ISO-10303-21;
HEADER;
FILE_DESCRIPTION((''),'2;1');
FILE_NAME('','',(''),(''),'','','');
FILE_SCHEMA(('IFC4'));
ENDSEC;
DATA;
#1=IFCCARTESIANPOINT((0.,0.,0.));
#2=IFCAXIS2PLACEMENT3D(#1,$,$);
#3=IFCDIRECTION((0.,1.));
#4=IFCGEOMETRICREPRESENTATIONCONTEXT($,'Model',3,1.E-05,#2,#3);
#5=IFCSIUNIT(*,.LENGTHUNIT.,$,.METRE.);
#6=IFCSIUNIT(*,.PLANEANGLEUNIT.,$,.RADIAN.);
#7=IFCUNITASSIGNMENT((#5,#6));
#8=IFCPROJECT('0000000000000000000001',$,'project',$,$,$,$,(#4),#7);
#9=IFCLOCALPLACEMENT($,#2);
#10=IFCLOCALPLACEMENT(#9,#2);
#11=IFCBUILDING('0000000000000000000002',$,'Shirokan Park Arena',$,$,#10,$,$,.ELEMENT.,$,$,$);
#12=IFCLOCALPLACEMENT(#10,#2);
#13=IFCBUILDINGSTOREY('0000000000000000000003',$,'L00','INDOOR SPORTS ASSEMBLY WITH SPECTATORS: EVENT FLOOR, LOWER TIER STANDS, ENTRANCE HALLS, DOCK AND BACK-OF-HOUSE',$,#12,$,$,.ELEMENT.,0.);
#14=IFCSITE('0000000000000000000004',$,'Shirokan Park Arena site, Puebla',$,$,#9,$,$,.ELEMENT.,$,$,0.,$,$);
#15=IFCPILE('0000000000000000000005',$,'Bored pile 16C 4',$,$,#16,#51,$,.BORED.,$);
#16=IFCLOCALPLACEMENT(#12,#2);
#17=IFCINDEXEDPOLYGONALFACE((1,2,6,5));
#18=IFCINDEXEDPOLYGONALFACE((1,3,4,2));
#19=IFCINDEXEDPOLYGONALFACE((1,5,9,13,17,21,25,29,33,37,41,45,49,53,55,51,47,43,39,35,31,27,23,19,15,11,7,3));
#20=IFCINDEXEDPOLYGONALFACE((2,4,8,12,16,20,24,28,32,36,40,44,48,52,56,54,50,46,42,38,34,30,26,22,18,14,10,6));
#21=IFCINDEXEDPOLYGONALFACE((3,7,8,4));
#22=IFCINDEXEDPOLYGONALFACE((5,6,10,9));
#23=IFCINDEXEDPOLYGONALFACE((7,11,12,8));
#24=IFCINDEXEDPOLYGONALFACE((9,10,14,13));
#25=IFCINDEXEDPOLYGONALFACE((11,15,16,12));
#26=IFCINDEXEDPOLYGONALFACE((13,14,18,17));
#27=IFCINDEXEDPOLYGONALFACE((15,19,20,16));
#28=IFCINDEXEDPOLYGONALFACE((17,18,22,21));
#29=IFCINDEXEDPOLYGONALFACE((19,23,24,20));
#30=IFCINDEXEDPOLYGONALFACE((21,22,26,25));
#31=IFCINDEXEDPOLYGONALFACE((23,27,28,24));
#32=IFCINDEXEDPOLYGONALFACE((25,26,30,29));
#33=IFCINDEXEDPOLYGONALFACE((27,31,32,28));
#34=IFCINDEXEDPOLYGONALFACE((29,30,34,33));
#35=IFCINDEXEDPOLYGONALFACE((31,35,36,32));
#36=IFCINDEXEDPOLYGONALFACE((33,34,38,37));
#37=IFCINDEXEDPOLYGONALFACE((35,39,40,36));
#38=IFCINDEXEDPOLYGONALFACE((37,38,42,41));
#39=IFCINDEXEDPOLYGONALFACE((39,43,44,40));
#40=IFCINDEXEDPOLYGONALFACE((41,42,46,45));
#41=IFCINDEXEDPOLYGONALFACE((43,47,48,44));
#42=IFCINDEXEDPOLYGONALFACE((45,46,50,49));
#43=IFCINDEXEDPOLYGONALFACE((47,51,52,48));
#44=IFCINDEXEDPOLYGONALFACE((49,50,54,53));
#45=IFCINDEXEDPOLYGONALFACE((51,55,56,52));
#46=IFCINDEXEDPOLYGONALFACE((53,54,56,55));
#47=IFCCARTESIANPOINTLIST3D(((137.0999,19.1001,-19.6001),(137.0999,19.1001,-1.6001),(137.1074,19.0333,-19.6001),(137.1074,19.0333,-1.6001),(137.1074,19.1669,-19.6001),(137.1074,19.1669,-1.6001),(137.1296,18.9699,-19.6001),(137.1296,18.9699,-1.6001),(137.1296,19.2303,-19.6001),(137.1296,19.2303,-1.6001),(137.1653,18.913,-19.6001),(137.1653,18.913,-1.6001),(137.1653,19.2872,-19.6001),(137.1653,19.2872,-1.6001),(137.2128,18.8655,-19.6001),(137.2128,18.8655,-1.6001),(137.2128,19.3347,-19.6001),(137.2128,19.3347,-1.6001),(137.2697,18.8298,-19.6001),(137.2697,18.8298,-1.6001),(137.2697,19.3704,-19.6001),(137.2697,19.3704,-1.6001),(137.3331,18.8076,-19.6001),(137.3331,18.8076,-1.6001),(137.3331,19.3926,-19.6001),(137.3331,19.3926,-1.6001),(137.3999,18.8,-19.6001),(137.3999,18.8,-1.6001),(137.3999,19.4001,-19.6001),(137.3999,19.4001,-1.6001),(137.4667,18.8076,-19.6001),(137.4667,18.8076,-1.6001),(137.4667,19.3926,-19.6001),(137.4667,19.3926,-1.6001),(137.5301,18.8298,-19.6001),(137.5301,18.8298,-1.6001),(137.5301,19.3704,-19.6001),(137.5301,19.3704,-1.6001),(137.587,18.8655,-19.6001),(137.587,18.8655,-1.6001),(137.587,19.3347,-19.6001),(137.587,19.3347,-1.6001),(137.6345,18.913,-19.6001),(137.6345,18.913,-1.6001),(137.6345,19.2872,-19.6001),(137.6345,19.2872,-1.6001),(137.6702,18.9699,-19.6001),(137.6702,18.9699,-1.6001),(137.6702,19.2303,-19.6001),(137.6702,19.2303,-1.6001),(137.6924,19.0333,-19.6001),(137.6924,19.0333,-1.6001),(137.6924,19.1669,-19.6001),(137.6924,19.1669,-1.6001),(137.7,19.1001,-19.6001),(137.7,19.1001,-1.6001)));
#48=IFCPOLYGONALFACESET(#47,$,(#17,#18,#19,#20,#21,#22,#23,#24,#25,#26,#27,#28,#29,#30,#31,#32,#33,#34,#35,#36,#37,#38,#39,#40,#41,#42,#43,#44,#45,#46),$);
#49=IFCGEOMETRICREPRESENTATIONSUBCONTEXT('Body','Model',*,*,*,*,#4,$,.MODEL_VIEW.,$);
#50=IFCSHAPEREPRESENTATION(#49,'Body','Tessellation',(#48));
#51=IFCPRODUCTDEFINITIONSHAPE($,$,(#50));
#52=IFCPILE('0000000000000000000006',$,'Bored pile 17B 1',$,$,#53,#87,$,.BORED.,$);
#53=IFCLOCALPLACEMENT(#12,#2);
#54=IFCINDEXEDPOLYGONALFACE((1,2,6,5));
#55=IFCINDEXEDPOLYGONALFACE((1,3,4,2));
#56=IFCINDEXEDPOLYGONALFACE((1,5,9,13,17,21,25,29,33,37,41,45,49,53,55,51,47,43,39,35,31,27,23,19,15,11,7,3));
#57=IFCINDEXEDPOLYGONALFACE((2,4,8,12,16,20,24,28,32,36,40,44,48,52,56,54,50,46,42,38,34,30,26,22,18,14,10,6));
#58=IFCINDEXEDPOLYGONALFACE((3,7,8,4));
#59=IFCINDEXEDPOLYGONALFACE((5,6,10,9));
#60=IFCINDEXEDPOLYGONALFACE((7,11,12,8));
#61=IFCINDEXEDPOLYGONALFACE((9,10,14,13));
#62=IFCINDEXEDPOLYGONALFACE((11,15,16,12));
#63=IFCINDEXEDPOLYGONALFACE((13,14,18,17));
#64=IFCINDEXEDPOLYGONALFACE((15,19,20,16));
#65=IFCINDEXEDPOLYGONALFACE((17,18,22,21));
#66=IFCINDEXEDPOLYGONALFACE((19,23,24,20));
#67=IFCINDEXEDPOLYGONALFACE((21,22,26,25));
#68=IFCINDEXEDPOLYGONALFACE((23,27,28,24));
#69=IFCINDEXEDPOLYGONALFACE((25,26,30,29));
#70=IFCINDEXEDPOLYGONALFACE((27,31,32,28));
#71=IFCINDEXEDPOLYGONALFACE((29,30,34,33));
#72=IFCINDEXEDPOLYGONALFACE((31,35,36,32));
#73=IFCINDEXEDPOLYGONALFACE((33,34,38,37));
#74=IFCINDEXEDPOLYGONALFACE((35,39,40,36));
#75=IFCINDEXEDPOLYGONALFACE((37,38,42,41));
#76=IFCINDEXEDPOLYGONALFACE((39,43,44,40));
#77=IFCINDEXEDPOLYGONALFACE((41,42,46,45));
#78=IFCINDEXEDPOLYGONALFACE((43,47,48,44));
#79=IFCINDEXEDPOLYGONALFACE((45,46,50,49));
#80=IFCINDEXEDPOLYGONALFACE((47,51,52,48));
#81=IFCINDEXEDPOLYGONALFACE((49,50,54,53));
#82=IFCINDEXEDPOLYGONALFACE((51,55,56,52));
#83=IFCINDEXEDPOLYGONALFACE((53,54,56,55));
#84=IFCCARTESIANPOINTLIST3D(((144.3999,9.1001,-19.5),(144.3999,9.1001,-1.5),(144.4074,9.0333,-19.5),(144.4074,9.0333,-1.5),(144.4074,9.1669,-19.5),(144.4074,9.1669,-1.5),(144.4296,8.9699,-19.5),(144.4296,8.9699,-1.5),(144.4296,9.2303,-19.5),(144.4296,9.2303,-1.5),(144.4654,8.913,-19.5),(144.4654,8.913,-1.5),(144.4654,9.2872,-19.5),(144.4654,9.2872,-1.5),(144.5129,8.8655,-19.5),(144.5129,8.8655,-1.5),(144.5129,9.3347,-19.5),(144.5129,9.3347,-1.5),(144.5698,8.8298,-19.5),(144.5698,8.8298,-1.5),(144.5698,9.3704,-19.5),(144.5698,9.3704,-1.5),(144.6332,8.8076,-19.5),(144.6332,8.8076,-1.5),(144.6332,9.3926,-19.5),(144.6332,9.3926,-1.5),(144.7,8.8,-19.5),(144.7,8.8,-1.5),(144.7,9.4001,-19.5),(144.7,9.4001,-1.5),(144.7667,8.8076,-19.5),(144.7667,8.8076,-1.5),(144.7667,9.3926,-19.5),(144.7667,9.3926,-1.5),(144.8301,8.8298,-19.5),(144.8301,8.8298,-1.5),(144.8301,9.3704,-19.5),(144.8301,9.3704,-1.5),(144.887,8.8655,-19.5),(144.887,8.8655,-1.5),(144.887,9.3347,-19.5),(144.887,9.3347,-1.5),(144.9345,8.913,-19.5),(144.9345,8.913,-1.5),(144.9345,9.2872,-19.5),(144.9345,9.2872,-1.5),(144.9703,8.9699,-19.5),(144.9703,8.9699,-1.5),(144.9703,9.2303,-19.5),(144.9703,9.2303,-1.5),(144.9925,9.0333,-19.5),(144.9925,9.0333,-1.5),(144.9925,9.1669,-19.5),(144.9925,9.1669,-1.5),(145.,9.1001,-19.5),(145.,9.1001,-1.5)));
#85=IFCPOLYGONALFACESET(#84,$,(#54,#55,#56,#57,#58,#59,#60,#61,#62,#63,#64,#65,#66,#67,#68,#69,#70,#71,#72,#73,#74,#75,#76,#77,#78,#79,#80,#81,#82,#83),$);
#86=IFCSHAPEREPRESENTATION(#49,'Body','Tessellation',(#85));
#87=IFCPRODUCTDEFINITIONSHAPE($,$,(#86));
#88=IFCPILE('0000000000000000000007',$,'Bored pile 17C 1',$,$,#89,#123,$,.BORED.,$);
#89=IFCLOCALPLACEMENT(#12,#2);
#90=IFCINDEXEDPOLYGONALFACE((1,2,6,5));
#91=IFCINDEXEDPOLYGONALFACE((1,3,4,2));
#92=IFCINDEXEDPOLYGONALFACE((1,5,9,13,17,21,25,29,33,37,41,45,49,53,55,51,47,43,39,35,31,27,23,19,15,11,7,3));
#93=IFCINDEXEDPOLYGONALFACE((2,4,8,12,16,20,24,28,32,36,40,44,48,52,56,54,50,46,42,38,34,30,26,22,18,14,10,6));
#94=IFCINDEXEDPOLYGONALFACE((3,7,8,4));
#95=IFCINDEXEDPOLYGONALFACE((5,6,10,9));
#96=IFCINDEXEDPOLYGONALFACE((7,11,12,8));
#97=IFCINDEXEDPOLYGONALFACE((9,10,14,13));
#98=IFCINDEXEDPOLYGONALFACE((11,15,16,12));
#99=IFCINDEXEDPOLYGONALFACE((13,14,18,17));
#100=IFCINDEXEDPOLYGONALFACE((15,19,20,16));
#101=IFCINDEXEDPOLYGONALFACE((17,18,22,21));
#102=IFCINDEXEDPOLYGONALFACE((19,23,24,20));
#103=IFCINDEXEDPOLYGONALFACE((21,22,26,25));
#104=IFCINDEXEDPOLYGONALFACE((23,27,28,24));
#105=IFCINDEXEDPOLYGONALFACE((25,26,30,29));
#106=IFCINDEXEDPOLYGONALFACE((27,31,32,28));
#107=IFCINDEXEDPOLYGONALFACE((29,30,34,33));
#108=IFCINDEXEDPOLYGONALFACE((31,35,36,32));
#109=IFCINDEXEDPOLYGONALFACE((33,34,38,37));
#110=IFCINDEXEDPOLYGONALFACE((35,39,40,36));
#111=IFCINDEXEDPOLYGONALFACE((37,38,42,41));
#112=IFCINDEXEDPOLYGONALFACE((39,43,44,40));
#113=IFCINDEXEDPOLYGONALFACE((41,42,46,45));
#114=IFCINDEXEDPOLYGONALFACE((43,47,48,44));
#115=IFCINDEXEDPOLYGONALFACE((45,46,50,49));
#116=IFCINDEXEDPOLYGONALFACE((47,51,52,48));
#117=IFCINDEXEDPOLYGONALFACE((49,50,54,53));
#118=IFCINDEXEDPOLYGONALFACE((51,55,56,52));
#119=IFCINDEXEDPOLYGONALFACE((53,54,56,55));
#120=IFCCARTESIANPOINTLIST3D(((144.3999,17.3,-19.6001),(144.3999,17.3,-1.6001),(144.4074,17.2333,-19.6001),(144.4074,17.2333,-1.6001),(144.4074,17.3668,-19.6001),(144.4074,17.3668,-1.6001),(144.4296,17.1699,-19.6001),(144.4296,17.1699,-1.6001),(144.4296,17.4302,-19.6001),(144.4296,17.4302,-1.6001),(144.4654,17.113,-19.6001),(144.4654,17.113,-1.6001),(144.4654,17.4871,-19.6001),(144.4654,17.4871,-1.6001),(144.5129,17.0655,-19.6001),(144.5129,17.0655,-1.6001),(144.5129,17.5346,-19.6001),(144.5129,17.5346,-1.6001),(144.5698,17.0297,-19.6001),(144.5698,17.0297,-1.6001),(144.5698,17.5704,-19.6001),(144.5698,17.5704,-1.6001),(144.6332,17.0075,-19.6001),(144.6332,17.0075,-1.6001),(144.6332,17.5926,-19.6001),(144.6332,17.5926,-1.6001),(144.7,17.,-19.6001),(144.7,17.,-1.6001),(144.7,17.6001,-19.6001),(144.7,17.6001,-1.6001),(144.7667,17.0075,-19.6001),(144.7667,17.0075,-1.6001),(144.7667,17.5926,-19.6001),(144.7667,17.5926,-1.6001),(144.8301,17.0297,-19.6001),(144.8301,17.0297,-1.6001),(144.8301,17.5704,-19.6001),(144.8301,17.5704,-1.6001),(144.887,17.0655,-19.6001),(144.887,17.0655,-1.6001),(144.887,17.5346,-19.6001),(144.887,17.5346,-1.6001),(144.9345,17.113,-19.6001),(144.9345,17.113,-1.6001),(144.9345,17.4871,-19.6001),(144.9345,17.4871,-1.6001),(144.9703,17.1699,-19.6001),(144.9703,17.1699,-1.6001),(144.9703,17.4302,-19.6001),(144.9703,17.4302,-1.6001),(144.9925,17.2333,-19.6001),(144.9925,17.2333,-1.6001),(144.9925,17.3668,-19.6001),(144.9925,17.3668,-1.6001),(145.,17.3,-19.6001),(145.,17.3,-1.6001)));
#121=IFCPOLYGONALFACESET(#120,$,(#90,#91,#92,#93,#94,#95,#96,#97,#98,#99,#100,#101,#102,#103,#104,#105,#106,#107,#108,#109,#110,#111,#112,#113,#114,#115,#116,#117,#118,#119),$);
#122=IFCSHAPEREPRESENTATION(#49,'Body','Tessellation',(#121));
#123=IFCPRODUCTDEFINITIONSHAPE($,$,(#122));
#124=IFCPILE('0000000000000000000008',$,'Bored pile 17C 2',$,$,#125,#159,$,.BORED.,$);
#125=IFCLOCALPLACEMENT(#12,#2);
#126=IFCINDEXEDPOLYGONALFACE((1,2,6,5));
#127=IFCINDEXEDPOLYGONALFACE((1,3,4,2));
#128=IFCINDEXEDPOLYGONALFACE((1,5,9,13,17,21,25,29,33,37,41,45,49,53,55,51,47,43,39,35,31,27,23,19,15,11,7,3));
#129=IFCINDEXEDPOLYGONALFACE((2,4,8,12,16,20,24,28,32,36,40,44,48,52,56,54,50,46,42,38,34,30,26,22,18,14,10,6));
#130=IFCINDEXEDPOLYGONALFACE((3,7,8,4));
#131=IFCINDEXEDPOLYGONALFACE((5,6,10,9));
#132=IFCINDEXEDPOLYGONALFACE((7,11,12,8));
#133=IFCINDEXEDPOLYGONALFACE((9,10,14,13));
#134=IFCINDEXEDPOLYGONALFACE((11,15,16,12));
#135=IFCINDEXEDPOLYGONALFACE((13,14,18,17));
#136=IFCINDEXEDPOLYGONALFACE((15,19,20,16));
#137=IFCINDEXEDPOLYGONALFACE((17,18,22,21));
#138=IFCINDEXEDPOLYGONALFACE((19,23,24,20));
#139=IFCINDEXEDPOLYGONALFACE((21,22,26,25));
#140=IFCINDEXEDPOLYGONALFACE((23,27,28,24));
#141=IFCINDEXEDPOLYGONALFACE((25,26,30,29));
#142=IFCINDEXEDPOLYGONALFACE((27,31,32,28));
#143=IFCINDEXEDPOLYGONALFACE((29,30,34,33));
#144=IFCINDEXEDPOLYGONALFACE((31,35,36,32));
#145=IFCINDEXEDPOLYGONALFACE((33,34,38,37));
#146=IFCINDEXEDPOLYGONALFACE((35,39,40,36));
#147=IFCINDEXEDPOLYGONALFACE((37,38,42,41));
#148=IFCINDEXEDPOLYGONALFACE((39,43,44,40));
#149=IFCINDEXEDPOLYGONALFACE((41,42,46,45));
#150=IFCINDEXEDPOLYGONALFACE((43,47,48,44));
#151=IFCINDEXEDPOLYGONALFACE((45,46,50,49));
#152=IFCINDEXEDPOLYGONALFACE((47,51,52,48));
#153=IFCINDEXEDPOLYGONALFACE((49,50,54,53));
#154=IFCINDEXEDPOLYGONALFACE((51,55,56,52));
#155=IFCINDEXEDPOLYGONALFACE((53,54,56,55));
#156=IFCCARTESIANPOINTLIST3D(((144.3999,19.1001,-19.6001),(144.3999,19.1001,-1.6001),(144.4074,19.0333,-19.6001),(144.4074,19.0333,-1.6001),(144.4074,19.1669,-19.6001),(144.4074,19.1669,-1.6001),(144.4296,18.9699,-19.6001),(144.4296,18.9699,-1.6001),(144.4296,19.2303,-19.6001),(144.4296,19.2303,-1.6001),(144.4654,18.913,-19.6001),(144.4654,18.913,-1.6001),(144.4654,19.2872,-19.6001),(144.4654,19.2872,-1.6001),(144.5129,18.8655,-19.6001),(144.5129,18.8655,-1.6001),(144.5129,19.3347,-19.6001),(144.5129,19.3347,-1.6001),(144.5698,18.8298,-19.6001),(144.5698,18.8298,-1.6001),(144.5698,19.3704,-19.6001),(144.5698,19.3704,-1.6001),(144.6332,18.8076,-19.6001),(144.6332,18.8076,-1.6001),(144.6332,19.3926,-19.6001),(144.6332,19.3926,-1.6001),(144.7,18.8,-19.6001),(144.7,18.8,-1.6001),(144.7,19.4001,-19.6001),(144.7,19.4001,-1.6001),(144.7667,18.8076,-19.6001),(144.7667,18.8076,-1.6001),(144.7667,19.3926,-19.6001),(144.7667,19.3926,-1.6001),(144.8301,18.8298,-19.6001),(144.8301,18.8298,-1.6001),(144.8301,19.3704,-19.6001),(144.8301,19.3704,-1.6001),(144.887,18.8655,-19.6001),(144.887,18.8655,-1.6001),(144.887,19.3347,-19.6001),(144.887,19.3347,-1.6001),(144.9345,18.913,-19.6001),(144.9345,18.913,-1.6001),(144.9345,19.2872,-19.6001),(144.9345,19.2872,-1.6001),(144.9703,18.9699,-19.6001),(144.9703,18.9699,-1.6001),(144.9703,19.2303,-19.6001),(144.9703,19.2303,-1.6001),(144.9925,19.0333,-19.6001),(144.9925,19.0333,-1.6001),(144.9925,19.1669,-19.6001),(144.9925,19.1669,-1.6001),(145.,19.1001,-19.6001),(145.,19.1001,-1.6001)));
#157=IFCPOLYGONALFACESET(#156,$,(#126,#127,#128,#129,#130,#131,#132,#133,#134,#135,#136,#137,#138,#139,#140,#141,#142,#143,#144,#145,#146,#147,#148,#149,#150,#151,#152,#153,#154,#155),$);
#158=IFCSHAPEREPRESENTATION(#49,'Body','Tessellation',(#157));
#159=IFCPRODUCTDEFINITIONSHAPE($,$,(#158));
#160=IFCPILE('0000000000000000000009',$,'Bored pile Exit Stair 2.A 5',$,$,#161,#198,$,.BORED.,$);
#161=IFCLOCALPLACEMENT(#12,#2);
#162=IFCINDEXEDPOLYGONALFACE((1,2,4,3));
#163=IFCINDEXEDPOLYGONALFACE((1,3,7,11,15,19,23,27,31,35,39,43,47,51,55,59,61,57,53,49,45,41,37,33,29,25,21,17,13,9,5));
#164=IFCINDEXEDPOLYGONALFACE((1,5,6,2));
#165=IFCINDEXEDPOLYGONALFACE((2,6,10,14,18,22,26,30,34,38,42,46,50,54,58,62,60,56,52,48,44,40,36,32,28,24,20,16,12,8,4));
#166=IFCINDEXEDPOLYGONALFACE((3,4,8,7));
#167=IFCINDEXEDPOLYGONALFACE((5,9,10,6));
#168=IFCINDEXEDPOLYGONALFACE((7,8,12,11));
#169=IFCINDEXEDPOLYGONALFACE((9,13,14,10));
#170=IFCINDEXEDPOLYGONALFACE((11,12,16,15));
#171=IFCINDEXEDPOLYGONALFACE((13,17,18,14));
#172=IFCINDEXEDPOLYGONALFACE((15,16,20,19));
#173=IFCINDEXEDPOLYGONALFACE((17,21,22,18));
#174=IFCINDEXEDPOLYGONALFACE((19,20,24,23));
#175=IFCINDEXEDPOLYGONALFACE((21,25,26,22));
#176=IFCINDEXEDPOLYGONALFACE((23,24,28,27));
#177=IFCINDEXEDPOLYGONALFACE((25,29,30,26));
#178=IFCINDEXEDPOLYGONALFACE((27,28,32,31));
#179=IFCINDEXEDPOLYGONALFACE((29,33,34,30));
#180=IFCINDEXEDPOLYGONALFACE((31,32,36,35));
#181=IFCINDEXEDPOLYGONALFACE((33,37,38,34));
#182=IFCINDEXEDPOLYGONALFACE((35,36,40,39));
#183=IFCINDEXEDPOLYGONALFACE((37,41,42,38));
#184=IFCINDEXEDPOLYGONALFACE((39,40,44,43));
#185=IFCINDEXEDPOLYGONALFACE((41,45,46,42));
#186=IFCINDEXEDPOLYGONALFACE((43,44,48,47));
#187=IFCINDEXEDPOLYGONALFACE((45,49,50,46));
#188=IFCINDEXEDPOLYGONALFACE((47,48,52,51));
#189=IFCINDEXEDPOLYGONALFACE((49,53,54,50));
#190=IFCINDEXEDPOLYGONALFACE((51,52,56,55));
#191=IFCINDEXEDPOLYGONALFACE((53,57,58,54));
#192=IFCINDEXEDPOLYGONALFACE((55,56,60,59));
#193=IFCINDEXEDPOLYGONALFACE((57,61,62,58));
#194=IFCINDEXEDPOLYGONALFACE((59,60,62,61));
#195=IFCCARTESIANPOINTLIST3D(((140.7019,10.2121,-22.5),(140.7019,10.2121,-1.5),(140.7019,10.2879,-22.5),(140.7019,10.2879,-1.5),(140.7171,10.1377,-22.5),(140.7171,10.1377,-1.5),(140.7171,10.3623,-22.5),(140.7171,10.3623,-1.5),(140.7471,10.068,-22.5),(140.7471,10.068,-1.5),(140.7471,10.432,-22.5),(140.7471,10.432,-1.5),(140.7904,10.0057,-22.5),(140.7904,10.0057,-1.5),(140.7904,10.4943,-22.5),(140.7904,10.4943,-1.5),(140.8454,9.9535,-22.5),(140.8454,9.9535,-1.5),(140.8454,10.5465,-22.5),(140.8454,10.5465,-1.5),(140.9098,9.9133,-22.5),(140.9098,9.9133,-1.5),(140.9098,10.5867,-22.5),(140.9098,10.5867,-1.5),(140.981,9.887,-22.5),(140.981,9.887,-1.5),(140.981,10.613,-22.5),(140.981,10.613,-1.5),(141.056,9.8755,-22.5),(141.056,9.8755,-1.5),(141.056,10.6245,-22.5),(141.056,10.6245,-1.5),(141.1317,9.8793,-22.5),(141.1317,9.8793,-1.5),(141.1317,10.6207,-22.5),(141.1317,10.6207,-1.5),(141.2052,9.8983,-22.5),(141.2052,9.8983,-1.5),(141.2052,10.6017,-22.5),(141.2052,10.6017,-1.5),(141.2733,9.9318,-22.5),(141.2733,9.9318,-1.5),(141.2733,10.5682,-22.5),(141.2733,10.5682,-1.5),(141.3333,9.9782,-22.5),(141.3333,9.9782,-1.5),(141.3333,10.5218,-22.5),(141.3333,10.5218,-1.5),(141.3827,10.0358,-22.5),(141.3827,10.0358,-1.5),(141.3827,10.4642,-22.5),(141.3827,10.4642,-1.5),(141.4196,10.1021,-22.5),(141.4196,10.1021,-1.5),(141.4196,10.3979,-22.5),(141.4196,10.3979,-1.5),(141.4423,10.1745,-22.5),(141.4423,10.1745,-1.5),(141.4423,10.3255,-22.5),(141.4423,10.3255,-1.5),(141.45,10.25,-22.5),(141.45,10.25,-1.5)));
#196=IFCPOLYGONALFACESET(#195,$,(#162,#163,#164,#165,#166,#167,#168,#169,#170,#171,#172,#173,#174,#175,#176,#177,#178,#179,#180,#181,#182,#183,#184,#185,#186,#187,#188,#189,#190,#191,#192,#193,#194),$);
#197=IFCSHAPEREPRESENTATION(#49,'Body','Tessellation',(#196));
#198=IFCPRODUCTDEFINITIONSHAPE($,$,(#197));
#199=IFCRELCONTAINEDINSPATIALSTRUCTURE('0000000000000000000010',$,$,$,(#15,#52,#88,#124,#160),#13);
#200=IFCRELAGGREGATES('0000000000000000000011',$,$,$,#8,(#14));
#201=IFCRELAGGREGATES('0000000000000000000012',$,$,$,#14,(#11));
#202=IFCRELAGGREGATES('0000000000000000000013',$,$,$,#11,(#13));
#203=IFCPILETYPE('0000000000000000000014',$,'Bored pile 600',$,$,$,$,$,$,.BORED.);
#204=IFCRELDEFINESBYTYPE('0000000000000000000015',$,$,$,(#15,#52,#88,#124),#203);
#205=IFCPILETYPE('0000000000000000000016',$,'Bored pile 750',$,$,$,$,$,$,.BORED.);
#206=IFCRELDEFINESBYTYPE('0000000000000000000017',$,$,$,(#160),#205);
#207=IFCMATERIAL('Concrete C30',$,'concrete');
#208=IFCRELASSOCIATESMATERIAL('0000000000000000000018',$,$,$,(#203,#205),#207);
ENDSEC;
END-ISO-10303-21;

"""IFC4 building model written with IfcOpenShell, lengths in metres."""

from ifc_helpers import new_model, si_unit, direction, frame, origin, origin_2d, place, context, subcontext, project, spatial, circle, extrude, material, material_profile, profile_set, type_object, element, save


model = new_model("IFC4")

# Units and contexts
model_context = context("Model", 3, precision=1e-05, world=origin(), true_north=direction((0.0, 1.0)))
body_context = subcontext(model_context, "Body", "Model", "MODEL_VIEW")
ifc_project = project(units=[si_unit("LENGTHUNIT", "METRE"), si_unit("PLANEANGLEUNIT", "RADIAN")], contexts=[model_context])

# Site, building, storey
site_placement = place(None, origin())
site = spatial("IfcSite", under=ifc_project, at=site_placement, Name="Shirokan Park Arena site, Puebla", CompositionType="ELEMENT", RefElevation=0.0)
building_placement = place(site_placement, origin())
building = spatial("IfcBuilding", under=site, at=building_placement, Name="Shirokan Park Arena", CompositionType="ELEMENT")
storey_placement = place(building_placement, origin())
storey = spatial("IfcBuildingStorey", under=building, at=storey_placement, Name="L00", Description="INDOOR SPORTS ASSEMBLY WITH SPECTATORS: EVENT FLOOR, LOWER TIER STANDS, ENTRANCE HALLS, DOCK AND BACK-OF-HOUSE", CompositionType="ELEMENT", Elevation=0.0)

# Piles
ifc_material_1 = material(Name="Concrete C30", Category="concrete")
ifc_material_profile_1 = material_profile(ifc_material_1, circle(Radius=0.3, at=origin_2d()), Name="D600")
ifc_profile_set_1 = profile_set([ifc_material_profile_1], Name="Concrete C30")
pile_type_1 = type_object("IfcPileType", Name="Bored pile 600", PredefinedType="BORED", material=ifc_profile_set_1)
for number, where, z_axis, x_axis, name in (
    (1, (137.3999, 19.1001, -1.6001), (0.0, 0.0, -1.0), (1.0, 0.0, 0.0), "Bored pile 16C 4"),
    (2, (144.7, 9.1001, -1.5), (0.0, 0.0, -1.0), (1.0, 0.0, 0.0), "Bored pile 17B 1"),
    (3, (144.7, 17.3, -1.6001), (0.0, 0.0, -1.0), (1.0, 0.0, 0.0), "Bored pile 17C 1"),
    (4, (144.7, 19.1001, -1.6001), (0.0, 0.0, -1.0), (1.0, 0.0, 0.0), "Bored pile 17C 2"),
):
    element("IfcPile", number, at=place(storey_placement, frame(where, z_axis=z_axis, x_axis=x_axis)), inside=storey, type_object=pile_type_1, Name=name, PredefinedType="BORED", context=body_context, shape_type="SweptSolid", body=[
        extrude(circle(Radius=0.3, at=origin_2d()), origin(), (0.0, 0.0, 1.0), 18.0),
    ])
ifc_material_profile_2 = material_profile(ifc_material_1, circle(Radius=0.375, at=origin_2d()), Name="D750")
ifc_profile_set_2 = profile_set([ifc_material_profile_2], Name="Concrete C30")
pile_type_2 = type_object("IfcPileType", Name="Bored pile 750", PredefinedType="BORED", material=ifc_profile_set_2)
for number, where, z_axis, x_axis, name in (
    (5, (141.075, 10.25, -1.5), (0.0, 0.0, -1.0), (1.0, 0.0, 0.0), "Bored pile Exit Stair 2.A 5"),
):
    element("IfcPile", number, at=place(storey_placement, frame(where, z_axis=z_axis, x_axis=x_axis)), inside=storey, type_object=pile_type_2, Name=name, PredefinedType="BORED", context=body_context, shape_type="SweptSolid", body=[
        extrude(circle(Radius=0.375, at=origin_2d()), origin(), (0.0, 0.0, 1.0), 21.0),
    ])

save(model, "model.ifc")
